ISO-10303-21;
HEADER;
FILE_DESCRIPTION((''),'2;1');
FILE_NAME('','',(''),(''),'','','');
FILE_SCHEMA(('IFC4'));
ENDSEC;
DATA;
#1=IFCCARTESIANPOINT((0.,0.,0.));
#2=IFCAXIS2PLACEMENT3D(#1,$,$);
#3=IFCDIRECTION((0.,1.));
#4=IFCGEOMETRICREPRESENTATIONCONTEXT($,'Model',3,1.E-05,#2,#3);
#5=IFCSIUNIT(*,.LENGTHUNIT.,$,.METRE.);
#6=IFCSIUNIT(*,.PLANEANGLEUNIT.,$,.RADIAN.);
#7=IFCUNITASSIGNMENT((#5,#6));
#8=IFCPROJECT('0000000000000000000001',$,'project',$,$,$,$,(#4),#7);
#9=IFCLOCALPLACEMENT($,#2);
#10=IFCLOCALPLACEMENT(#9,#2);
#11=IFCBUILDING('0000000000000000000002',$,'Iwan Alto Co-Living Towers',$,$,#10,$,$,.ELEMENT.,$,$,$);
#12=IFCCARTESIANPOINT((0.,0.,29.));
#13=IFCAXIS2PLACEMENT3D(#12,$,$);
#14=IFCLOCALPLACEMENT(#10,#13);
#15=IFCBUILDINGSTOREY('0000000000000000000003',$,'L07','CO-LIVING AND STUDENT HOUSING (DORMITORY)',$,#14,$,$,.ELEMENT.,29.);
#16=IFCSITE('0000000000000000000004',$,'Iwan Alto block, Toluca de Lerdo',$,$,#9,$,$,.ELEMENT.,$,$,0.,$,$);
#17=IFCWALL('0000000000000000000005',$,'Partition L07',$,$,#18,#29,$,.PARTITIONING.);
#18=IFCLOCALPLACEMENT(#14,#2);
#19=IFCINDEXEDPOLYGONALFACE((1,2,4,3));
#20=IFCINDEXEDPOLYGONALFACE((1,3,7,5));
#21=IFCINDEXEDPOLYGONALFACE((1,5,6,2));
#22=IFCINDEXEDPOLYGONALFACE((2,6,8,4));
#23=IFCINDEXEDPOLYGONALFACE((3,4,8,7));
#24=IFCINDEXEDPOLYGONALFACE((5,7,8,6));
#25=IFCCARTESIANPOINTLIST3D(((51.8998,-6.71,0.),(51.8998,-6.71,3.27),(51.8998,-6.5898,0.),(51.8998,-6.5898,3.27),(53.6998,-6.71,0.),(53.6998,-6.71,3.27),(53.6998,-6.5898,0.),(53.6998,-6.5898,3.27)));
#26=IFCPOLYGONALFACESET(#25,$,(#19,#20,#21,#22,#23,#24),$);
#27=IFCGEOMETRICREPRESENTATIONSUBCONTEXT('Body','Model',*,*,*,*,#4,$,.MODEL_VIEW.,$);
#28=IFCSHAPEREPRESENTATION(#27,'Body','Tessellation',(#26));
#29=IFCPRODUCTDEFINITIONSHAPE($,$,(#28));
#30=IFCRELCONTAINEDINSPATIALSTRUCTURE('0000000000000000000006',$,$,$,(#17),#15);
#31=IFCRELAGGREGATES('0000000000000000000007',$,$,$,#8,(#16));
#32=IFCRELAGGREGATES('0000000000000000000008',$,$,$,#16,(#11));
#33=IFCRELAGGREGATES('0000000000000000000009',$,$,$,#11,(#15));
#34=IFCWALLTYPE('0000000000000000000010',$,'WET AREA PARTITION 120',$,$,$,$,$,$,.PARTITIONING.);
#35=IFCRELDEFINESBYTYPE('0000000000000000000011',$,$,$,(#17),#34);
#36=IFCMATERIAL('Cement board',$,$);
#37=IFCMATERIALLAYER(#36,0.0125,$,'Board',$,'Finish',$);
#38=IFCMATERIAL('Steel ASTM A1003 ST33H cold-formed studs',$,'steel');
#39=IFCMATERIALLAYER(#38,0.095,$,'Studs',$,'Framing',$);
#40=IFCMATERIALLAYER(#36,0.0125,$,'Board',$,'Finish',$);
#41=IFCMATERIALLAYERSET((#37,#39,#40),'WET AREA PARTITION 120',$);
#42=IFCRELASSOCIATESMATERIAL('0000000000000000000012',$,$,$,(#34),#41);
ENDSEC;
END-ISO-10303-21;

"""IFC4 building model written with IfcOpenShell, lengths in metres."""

from ifc_helpers import new_model, si_unit, direction, frame, frame_2d, origin, place, context, subcontext, project, spatial, rectangle, extrude, material, layer, layer_set, type_object, element, save


model = new_model("IFC4")

# Units and contexts
model_context = context("Model", 3, precision=1e-05, world=origin(), true_north=direction((0.0, 1.0)))
body_context = subcontext(model_context, "Body", "Model", "MODEL_VIEW")
ifc_project = project(units=[si_unit("LENGTHUNIT", "METRE"), si_unit("PLANEANGLEUNIT", "RADIAN")], contexts=[model_context])

# Site, building, storey
site_placement = place(None, origin())
site = spatial("IfcSite", under=ifc_project, at=site_placement, Name="Iwan Alto block, Toluca de Lerdo", CompositionType="ELEMENT", RefElevation=0.0)
building_placement = place(site_placement, origin())
building = spatial("IfcBuilding", under=site, at=building_placement, Name="Iwan Alto Co-Living Towers", CompositionType="ELEMENT")
storey_placement = place(building_placement, frame((0.0, 0.0, 29.0)))
storey = spatial("IfcBuildingStorey", under=building, at=storey_placement, Name="L07", Description="CO-LIVING AND STUDENT HOUSING (DORMITORY)", CompositionType="ELEMENT", Elevation=29.0)

# Shared definitions
ifc_material_1 = material(Name="Steel ASTM A1003 ST33H cold-formed studs", Category="steel")

# Wall
ifc_material_2 = material(Name="Cement board")
ifc_layer_1 = layer(ifc_material_2, 0.0125, Name="Board", Category="Finish")
ifc_layer_2 = layer(ifc_material_1, 0.095, Name="Studs", Category="Framing")
ifc_layer_3 = layer(ifc_material_2, 0.0125, Name="Board", Category="Finish")
ifc_layer_set_1 = layer_set([ifc_layer_1, ifc_layer_2, ifc_layer_3], Name="WET AREA PARTITION 120")
wall_type_1 = type_object("IfcWallType", Name="WET AREA PARTITION 120", PredefinedType="PARTITIONING", material=ifc_layer_set_1)
wall_1_placement = place(storey_placement, frame((51.8999, -6.6499, 0.0), z_axis=(0.0, 0.0, 1.0), x_axis=(1.0, 0.0, 0.0)))
element("IfcWall", 1, at=wall_1_placement, inside=storey, type_object=wall_type_1, Name="Partition L07", PredefinedType="PARTITIONING", context=body_context, shape_type="SweptSolid", body=[
    extrude(rectangle(XDim=1.8, YDim=0.1201, at=frame_2d((0.8999, 0.0))), origin(), (0.0, 0.0, 1.0), 3.27),
])

save(model, "model.ifc")
